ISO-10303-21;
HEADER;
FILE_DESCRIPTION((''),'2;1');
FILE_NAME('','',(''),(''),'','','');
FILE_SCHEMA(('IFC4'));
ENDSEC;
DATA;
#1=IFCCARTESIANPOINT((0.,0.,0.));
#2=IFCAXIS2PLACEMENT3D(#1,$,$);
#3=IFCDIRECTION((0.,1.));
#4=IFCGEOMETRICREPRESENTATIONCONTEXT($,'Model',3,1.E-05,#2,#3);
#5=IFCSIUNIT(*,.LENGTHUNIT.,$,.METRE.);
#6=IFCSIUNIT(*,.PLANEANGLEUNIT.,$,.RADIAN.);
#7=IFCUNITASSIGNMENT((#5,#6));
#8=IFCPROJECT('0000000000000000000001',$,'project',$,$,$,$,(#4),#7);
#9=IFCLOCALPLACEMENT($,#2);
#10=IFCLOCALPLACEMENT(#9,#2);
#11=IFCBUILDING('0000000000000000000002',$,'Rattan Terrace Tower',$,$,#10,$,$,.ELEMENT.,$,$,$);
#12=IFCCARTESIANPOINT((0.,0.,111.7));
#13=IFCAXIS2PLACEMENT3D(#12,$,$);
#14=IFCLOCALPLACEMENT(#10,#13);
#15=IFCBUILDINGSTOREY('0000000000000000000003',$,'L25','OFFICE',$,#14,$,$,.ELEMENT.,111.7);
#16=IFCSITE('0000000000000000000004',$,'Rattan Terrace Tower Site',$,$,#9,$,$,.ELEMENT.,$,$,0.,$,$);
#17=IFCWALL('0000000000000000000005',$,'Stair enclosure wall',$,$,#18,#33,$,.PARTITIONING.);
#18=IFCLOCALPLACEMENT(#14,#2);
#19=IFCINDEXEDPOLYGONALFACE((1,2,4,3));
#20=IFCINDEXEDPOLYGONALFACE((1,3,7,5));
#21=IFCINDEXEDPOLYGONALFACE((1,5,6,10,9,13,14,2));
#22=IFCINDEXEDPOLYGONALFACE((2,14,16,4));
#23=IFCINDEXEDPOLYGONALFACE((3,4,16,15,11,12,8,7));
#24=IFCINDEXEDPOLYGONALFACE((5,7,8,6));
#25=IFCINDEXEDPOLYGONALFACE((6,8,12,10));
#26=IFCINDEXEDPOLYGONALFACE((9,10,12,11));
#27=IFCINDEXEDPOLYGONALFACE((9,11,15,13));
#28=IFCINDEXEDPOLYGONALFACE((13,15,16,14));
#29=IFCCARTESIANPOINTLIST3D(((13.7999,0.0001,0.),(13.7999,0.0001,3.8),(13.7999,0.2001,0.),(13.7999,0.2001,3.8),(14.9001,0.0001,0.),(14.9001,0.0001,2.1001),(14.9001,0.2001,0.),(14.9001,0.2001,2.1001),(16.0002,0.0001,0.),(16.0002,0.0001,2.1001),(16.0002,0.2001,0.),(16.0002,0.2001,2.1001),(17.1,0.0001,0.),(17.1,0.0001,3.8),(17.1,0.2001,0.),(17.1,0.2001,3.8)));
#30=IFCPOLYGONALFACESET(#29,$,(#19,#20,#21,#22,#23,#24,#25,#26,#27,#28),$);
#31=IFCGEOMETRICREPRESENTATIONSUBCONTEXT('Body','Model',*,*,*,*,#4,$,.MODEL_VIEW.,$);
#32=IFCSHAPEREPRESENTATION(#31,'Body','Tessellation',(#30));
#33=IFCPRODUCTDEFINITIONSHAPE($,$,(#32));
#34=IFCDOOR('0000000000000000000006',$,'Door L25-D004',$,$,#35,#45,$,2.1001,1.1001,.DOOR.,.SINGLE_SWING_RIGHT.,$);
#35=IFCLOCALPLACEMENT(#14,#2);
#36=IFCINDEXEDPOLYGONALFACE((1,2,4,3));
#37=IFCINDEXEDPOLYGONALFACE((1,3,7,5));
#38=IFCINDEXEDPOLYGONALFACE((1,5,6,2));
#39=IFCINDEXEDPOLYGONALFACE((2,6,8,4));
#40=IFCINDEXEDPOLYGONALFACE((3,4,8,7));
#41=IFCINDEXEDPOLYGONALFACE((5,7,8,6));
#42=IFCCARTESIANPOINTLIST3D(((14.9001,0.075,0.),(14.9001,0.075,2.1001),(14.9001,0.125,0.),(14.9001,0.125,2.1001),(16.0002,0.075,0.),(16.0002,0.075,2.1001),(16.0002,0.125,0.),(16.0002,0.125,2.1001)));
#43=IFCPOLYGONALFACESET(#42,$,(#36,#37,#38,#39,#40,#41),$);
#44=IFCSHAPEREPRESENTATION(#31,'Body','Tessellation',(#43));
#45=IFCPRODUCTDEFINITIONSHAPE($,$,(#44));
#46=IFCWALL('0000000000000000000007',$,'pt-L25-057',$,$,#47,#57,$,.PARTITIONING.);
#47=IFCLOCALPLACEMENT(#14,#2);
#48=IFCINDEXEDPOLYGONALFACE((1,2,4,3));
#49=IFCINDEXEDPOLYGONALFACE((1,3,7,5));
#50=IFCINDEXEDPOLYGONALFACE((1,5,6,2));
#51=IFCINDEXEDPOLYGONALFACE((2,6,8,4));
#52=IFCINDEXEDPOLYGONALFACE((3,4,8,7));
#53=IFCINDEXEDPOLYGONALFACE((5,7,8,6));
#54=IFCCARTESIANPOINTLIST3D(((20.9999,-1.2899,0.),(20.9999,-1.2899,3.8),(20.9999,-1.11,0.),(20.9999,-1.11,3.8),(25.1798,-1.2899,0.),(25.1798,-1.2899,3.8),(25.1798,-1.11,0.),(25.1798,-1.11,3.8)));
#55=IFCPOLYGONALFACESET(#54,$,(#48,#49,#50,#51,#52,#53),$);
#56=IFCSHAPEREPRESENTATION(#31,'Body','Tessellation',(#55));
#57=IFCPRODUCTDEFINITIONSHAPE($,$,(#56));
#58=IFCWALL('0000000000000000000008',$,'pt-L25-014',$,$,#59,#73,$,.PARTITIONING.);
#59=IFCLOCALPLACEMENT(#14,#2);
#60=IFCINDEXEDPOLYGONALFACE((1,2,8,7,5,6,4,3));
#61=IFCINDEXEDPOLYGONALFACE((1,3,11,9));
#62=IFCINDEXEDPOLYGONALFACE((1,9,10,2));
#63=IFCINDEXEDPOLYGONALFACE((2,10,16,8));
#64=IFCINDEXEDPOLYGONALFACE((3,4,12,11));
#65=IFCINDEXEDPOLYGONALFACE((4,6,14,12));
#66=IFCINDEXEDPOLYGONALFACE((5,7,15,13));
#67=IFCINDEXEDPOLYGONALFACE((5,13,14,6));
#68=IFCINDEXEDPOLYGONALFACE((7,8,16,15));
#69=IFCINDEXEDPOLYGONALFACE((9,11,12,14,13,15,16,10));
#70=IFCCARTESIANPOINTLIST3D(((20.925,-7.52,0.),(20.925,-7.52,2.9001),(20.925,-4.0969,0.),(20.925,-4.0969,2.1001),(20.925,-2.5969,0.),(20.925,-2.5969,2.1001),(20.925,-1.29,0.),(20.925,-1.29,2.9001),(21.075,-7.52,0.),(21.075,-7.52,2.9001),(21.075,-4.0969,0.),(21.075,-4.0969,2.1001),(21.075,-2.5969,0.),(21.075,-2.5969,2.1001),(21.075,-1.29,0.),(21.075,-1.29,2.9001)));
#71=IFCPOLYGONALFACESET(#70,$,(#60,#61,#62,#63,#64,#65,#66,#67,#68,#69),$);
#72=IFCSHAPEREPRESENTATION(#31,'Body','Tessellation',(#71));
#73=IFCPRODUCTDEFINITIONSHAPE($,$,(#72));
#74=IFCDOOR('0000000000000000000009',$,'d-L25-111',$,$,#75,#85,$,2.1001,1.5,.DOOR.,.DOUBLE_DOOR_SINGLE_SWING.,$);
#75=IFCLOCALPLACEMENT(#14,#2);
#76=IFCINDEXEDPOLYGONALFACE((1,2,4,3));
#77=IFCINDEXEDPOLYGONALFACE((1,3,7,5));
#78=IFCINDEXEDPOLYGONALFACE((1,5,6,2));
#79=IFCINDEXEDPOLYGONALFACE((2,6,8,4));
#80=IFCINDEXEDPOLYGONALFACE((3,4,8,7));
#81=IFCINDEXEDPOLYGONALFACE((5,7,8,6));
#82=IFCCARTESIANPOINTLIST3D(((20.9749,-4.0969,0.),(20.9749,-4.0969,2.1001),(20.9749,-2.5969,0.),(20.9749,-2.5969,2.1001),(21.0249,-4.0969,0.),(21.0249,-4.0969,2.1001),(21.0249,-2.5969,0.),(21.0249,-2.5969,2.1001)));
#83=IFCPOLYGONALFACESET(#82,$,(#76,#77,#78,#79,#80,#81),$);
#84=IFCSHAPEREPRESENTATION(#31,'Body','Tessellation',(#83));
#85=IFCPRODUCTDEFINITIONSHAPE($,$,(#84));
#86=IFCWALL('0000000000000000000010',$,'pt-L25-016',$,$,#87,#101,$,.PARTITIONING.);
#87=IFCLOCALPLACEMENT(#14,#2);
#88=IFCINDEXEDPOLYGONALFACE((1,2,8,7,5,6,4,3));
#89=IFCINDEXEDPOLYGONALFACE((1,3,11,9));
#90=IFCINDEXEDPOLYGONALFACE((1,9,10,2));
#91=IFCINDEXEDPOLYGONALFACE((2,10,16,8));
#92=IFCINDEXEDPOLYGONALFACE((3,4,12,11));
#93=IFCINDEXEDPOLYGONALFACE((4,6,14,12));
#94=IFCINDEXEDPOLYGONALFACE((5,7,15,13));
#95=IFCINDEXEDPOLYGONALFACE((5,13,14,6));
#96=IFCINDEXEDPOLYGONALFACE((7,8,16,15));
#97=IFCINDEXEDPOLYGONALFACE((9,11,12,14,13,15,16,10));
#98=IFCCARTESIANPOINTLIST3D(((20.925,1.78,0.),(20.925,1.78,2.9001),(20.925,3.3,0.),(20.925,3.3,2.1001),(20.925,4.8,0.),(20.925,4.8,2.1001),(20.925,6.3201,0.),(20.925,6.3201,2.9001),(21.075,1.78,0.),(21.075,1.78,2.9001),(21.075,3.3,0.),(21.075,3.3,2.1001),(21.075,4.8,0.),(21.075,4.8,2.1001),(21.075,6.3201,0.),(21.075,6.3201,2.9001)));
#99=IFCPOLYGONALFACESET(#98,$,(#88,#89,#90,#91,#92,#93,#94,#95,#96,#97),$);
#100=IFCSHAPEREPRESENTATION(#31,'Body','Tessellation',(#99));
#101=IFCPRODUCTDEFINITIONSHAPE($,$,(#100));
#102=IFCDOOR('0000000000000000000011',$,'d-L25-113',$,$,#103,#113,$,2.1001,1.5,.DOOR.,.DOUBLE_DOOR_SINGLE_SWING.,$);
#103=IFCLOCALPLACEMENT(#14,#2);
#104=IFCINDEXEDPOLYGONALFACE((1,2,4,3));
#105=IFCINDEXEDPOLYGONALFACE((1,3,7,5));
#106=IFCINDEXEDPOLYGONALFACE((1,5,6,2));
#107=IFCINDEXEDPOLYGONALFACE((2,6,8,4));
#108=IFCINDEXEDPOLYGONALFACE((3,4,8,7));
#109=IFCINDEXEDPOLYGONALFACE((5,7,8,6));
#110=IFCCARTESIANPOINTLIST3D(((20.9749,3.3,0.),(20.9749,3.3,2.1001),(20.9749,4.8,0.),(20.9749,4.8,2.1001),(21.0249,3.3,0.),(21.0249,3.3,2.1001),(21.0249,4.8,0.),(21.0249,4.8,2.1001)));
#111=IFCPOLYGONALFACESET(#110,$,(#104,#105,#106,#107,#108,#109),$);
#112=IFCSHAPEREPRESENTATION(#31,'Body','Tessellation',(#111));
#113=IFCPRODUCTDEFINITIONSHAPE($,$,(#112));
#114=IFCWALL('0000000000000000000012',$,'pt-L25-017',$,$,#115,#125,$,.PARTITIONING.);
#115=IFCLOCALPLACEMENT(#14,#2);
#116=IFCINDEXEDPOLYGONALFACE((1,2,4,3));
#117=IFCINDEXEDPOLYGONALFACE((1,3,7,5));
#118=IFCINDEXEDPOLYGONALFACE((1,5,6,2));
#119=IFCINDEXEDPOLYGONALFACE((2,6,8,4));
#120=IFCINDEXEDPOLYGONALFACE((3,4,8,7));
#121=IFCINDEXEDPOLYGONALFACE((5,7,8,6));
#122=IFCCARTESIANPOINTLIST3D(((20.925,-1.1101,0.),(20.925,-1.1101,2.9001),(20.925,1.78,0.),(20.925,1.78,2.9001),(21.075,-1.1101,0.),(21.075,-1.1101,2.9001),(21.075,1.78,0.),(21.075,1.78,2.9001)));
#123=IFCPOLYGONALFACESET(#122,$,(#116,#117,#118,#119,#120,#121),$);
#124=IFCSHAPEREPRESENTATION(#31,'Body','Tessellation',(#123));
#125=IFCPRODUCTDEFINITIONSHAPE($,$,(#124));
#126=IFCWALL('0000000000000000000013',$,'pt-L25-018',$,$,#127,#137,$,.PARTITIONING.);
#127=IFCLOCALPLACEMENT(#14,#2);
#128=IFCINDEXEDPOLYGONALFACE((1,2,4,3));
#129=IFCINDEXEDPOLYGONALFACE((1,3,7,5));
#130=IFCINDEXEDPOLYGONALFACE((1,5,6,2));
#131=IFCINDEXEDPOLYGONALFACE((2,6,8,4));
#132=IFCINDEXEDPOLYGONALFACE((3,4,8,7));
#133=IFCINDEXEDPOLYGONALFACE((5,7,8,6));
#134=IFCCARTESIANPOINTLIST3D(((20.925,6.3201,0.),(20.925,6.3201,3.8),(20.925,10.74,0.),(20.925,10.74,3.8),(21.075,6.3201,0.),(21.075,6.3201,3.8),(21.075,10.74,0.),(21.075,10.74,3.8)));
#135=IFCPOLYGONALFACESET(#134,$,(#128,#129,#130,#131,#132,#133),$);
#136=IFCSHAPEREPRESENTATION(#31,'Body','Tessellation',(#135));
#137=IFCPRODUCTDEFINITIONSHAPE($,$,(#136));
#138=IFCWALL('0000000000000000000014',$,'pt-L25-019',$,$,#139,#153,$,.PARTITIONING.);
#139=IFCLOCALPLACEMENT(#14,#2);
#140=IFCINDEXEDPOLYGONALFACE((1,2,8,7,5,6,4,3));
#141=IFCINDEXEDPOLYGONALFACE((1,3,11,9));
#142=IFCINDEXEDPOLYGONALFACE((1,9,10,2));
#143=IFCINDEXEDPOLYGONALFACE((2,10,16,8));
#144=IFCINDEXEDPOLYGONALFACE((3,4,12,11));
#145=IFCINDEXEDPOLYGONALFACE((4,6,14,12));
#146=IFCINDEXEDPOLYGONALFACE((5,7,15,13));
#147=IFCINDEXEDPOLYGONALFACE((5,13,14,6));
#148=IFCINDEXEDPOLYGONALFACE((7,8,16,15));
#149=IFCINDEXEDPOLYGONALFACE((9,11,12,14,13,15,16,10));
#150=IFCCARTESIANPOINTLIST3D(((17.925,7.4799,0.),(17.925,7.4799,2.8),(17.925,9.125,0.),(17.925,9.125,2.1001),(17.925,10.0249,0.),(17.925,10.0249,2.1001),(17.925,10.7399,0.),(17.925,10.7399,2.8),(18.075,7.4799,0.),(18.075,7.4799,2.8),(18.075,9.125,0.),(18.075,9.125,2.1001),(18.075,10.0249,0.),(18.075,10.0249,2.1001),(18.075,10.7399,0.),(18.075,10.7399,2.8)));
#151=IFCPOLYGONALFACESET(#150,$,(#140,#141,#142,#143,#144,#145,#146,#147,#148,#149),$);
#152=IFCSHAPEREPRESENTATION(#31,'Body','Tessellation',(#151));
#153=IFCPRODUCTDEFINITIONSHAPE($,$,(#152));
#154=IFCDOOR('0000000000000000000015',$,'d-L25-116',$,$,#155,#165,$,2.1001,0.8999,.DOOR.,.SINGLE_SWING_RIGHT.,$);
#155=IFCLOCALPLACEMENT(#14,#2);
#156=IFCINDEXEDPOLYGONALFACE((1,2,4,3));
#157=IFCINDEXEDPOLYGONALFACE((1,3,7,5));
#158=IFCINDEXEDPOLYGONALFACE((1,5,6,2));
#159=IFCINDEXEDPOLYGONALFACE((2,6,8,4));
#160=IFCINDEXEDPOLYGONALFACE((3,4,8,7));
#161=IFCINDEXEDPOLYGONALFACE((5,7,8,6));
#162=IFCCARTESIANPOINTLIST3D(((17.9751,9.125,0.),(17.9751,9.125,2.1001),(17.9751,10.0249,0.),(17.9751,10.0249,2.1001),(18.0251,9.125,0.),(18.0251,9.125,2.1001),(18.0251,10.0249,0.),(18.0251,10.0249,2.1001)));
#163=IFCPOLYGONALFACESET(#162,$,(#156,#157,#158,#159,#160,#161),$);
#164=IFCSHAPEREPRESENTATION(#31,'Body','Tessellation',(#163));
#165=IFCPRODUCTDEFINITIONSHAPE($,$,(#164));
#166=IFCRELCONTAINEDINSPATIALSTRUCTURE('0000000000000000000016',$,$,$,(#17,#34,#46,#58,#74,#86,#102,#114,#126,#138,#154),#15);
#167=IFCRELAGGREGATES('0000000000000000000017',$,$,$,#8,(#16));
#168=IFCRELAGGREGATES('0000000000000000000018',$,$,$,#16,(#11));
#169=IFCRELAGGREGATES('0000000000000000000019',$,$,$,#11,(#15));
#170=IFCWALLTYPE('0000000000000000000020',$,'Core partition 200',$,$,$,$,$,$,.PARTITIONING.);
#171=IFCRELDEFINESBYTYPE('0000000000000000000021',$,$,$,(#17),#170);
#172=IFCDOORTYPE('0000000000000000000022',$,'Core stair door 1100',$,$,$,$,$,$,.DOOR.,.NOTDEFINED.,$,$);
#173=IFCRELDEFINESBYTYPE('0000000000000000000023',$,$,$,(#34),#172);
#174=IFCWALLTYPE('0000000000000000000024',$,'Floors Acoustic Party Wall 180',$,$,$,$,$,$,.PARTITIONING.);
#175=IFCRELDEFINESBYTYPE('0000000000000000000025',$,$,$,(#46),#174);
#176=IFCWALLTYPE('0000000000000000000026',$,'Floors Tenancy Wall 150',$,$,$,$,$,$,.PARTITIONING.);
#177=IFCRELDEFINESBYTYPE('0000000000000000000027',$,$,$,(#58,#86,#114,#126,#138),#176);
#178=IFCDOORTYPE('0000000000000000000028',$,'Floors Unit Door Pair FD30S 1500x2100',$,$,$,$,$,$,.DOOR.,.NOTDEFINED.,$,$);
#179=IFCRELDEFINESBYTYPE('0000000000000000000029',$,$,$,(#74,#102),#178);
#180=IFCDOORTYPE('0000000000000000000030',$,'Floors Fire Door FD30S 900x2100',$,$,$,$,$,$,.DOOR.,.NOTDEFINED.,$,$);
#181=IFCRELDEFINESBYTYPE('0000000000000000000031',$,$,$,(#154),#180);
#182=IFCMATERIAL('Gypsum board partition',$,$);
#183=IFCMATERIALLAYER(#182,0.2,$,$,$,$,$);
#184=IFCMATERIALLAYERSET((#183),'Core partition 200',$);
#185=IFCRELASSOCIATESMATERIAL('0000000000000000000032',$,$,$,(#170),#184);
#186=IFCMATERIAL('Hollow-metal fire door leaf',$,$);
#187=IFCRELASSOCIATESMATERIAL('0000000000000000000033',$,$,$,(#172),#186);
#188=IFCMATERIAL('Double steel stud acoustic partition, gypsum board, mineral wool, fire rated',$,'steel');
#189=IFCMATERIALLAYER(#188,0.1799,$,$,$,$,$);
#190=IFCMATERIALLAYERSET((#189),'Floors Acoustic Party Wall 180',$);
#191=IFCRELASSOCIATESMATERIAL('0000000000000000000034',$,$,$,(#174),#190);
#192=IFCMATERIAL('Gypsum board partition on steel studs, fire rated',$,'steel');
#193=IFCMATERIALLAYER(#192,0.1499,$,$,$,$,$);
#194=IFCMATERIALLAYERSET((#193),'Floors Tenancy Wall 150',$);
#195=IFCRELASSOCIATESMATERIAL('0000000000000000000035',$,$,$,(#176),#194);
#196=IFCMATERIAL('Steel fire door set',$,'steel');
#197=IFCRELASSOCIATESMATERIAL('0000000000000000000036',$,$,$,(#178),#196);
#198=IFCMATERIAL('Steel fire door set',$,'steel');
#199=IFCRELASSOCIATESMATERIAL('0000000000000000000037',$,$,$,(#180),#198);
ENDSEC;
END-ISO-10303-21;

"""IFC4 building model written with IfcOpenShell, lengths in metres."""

from ifc_helpers import new_model, si_unit, direction, frame, frame_2d, origin, place, context, subcontext, project, spatial, rectangle, extrude, material, layer, layer_set, type_object, element, fill, save


model = new_model("IFC4")

# Units and contexts
model_context = context("Model", 3, precision=1e-05, world=origin(), true_north=direction((0.0, 1.0)))
body_context = subcontext(model_context, "Body", "Model", "MODEL_VIEW")
ifc_project = project(units=[si_unit("LENGTHUNIT", "METRE"), si_unit("PLANEANGLEUNIT", "RADIAN")], contexts=[model_context])

# Site, building, storey
site_placement = place(None, origin())
site = spatial("IfcSite", under=ifc_project, at=site_placement, Name="Rattan Terrace Tower Site", CompositionType="ELEMENT", RefElevation=0.0)
building_placement = place(site_placement, origin())
building = spatial("IfcBuilding", under=site, at=building_placement, Name="Rattan Terrace Tower", CompositionType="ELEMENT")
storey_placement = place(building_placement, frame((0.0, 0.0, 111.7)))
storey = spatial("IfcBuildingStorey", under=building, at=storey_placement, Name="L25", Description="OFFICE", CompositionType="ELEMENT", Elevation=111.7)

# Wall, opening, door
ifc_material_1 = material(Name="Gypsum board partition")
ifc_layer_1 = layer(ifc_material_1, 0.2)
ifc_layer_set_1 = layer_set([ifc_layer_1], Name="Core partition 200")
wall_type_1 = type_object("IfcWallType", Name="Core partition 200", PredefinedType="PARTITIONING", material=ifc_layer_set_1)
wall_1_placement = place(storey_placement, frame((13.8, 0.1001, 0.0), z_axis=(0.0, 0.0, 1.0), x_axis=(1.0, 0.0, 0.0)))
wall_1 = element("IfcWall", 1, at=wall_1_placement, inside=storey, type_object=wall_type_1, Name="Stair enclosure wall", PredefinedType="PARTITIONING", context=body_context, shape_type="SweptSolid", body=[
    extrude(rectangle(XDim=3.3, YDim=0.2, at=frame_2d((1.6499, 0.0))), origin(), (0.0, 0.0, 1.0), 3.8),
])
opening_1_placement = place(wall_1_placement, frame((1.1001, 0.0, 0.0)))
opening_1 = element("IfcOpeningElement", 2, at=opening_1_placement, cuts=wall_1, PredefinedType="OPENING", context=body_context, shape_type="SweptSolid", body=[
    extrude(rectangle(XDim=1.1001, YDim=2.1001, at=frame_2d((0.55, 1.05))), frame((0.0, 0.1106, 0.0), z_axis=(0.0, -1.0, 0.0), x_axis=(1.0, 0.0, 0.0)), (0.0, 0.0, 1.0), 0.2209),
])
ifc_material_2 = material(Name="Hollow-metal fire door leaf")
door_type_1 = type_object("IfcDoorType", Name="Core stair door 1100", OperationType="NOTDEFINED", PredefinedType="DOOR", material=ifc_material_2)
door_1_placement = place(opening_1_placement, origin())
door_1 = element("IfcDoor", 3, at=door_1_placement, inside=storey, type_object=door_type_1, Name="Door L25-D004", OperationType="SINGLE_SWING_RIGHT", OverallHeight=2.1001, OverallWidth=1.1001, PredefinedType="DOOR", context=body_context, shape_type="SweptSolid", body=[
    extrude(rectangle(XDim=1.1001, YDim=2.1001, at=frame_2d((0.55, 1.05))), frame((0.0, 0.0249, 0.0), z_axis=(0.0, -1.0, 0.0), x_axis=(1.0, 0.0, 0.0)), (0.0, 0.0, 1.0), 0.05),
])
fill(opening_1, door_1)

# Wall
ifc_material_3 = material(Name="Double steel stud acoustic partition, gypsum board, mineral wool, fire rated", Category="steel")
ifc_layer_2 = layer(ifc_material_3, 0.1799)
ifc_layer_set_2 = layer_set([ifc_layer_2], Name="Floors Acoustic Party Wall 180")
wall_type_2 = type_object("IfcWallType", Name="Floors Acoustic Party Wall 180", PredefinedType="PARTITIONING", material=ifc_layer_set_2)
wall_2_placement = place(storey_placement, frame((21.0, -1.2, 0.0), z_axis=(0.0, 0.0, 1.0), x_axis=(1.0, 0.0, 0.0)))
element("IfcWall", 4, at=wall_2_placement, inside=storey, type_object=wall_type_2, Name="pt-L25-057", PredefinedType="PARTITIONING", context=body_context, shape_type="SweptSolid", body=[
    extrude(rectangle(XDim=4.1799, YDim=0.1799, at=frame_2d((2.0898, 0.0))), origin(), (0.0, 0.0, 1.0), 3.8),
])

# Walls, openings, doors
ifc_material_4 = material(Name="Gypsum board partition on steel studs, fire rated", Category="steel")
ifc_layer_3 = layer(ifc_material_4, 0.1499)
ifc_layer_set_3 = layer_set([ifc_layer_3], Name="Floors Tenancy Wall 150")
wall_type_3 = type_object("IfcWallType", Name="Floors Tenancy Wall 150", PredefinedType="PARTITIONING", material=ifc_layer_set_3)
wall_3_placement = place(storey_placement, frame((21.0, -1.29, 0.0), z_axis=(0.0, 0.0, 1.0), x_axis=(0.0, -1.0, 0.0)))
wall_3 = element("IfcWall", 5, at=wall_3_placement, inside=storey, type_object=wall_type_3, Name="pt-L25-014", PredefinedType="PARTITIONING", context=body_context, shape_type="SweptSolid", body=[
    extrude(rectangle(XDim=6.23, YDim=0.1499, at=frame_2d((3.115, 0.0))), origin(), (0.0, 0.0, 1.0), 2.9001),
])
opening_2_placement = place(wall_3_placement, frame((1.3069, 0.0, 0.0)))
opening_2 = element("IfcOpeningElement", 6, at=opening_2_placement, cuts=wall_3, PredefinedType="OPENING", context=body_context, shape_type="SweptSolid", body=[
    extrude(rectangle(XDim=1.5, YDim=2.1001, at=frame_2d((0.75, 1.05))), frame((0.0, 0.0854, 0.0), z_axis=(0.0, -1.0, 0.0), x_axis=(1.0, 0.0, 0.0)), (0.0, 0.0, 1.0), 0.1709),
])
ifc_material_5 = material(Name="Steel fire door set", Category="steel")
door_type_2 = type_object("IfcDoorType", Name="Floors Unit Door Pair FD30S 1500x2100", OperationType="NOTDEFINED", PredefinedType="DOOR", material=ifc_material_5)
door_2_placement = place(opening_2_placement, origin())
door_2 = element("IfcDoor", 7, at=door_2_placement, inside=storey, type_object=door_type_2, Name="d-L25-111", OperationType="DOUBLE_DOOR_SINGLE_SWING", OverallHeight=2.1001, OverallWidth=1.5, PredefinedType="DOOR", context=body_context, shape_type="SweptSolid", body=[
    extrude(rectangle(XDim=1.5, YDim=2.1001, at=frame_2d((0.75, 1.05))), frame((0.0, 0.0249, 0.0), z_axis=(0.0, -1.0, 0.0), x_axis=(1.0, 0.0, 0.0)), (0.0, 0.0, 1.0), 0.05),
])
fill(opening_2, door_2)
wall_4_placement = place(storey_placement, frame((21.0, 6.3201, 0.0), z_axis=(0.0, 0.0, 1.0), x_axis=(0.0, -1.0, 0.0)))
wall_4 = element("IfcWall", 8, at=wall_4_placement, inside=storey, type_object=wall_type_3, Name="pt-L25-016", PredefinedType="PARTITIONING", context=body_context, shape_type="SweptSolid", body=[
    extrude(rectangle(XDim=4.54, YDim=0.1499, at=frame_2d((2.27, 0.0))), origin(), (0.0, 0.0, 1.0), 2.9001),
])
opening_3_placement = place(wall_4_placement, frame((1.52, 0.0, 0.0)))
opening_3 = element("IfcOpeningElement", 9, at=opening_3_placement, cuts=wall_4, PredefinedType="OPENING", context=body_context, shape_type="SweptSolid", body=[
    extrude(rectangle(XDim=1.5, YDim=2.1001, at=frame_2d((0.75, 1.05))), frame((0.0, 0.0854, 0.0), z_axis=(0.0, -1.0, 0.0), x_axis=(1.0, 0.0, 0.0)), (0.0, 0.0, 1.0), 0.1709),
])
door_3_placement = place(opening_3_placement, origin())
door_3 = element("IfcDoor", 10, at=door_3_placement, inside=storey, type_object=door_type_2, Name="d-L25-113", OperationType="DOUBLE_DOOR_SINGLE_SWING", OverallHeight=2.1001, OverallWidth=1.5, PredefinedType="DOOR", context=body_context, shape_type="SweptSolid", body=[
    extrude(rectangle(XDim=1.5, YDim=2.1001, at=frame_2d((0.75, 1.05))), frame((0.0, 0.0249, 0.0), z_axis=(0.0, -1.0, 0.0), x_axis=(1.0, 0.0, 0.0)), (0.0, 0.0, 1.0), 0.05),
])
fill(opening_3, door_3)

# Walls
wall_5_placement = place(storey_placement, frame((21.0, 1.78, 0.0), z_axis=(0.0, 0.0, 1.0), x_axis=(0.0, -1.0, 0.0)))
element("IfcWall", 11, at=wall_5_placement, inside=storey, type_object=wall_type_3, Name="pt-L25-017", PredefinedType="PARTITIONING", context=body_context, shape_type="SweptSolid", body=[
    extrude(rectangle(XDim=2.8901, YDim=0.1499, at=frame_2d((1.4451, 0.0))), origin(), (0.0, 0.0, 1.0), 2.9001),
])
wall_6_placement = place(storey_placement, frame((21.0, 10.74, 0.0), z_axis=(0.0, 0.0, 1.0), x_axis=(0.0, -1.0, 0.0)))
element("IfcWall", 12, at=wall_6_placement, inside=storey, type_object=wall_type_3, Name="pt-L25-018", PredefinedType="PARTITIONING", context=body_context, shape_type="SweptSolid", body=[
    extrude(rectangle(XDim=4.4199, YDim=0.1499, at=frame_2d((2.21, 0.0))), origin(), (0.0, 0.0, 1.0), 3.8),
])

# Wall, opening, door
wall_7_placement = place(storey_placement, frame((18.0, 7.48, 0.0), z_axis=(0.0, 0.0, 1.0), x_axis=(0.0, 1.0, 0.0)))
wall_7 = element("IfcWall", 13, at=wall_7_placement, inside=storey, type_object=wall_type_3, Name="pt-L25-019", PredefinedType="PARTITIONING", context=body_context, shape_type="SweptSolid", body=[
    extrude(rectangle(XDim=3.26, YDim=0.1499, at=frame_2d((1.6299, 0.0))), origin(), (0.0, 0.0, 1.0), 2.8),
])
opening_4_placement = place(wall_7_placement, frame((1.645, 0.0, 0.0)))
opening_4 = element("IfcOpeningElement", 14, at=opening_4_placement, cuts=wall_7, PredefinedType="OPENING", context=body_context, shape_type="SweptSolid", body=[
    extrude(rectangle(XDim=0.8999, YDim=2.1001, at=frame_2d((0.45, 1.05))), frame((0.0, 0.0854, 0.0), z_axis=(0.0, -1.0, 0.0), x_axis=(1.0, 0.0, 0.0)), (0.0, 0.0, 1.0), 0.1709),
])
ifc_material_6 = material(Name="Steel fire door set", Category="steel")
door_type_3 = type_object("IfcDoorType", Name="Floors Fire Door FD30S 900x2100", OperationType="NOTDEFINED", PredefinedType="DOOR", material=ifc_material_6)
door_4_placement = place(opening_4_placement, origin())
door_4 = element("IfcDoor", 15, at=door_4_placement, inside=storey, type_object=door_type_3, Name="d-L25-116", OperationType="SINGLE_SWING_RIGHT", OverallHeight=2.1001, OverallWidth=0.8999, PredefinedType="DOOR", context=body_context, shape_type="SweptSolid", body=[
    extrude(rectangle(XDim=0.8999, YDim=2.1001, at=frame_2d((0.45, 1.05))), frame((0.0, 0.0249, 0.0), z_axis=(0.0, -1.0, 0.0), x_axis=(1.0, 0.0, 0.0)), (0.0, 0.0, 1.0), 0.05),
])
fill(opening_4, door_4)

save(model, "model.ifc")
